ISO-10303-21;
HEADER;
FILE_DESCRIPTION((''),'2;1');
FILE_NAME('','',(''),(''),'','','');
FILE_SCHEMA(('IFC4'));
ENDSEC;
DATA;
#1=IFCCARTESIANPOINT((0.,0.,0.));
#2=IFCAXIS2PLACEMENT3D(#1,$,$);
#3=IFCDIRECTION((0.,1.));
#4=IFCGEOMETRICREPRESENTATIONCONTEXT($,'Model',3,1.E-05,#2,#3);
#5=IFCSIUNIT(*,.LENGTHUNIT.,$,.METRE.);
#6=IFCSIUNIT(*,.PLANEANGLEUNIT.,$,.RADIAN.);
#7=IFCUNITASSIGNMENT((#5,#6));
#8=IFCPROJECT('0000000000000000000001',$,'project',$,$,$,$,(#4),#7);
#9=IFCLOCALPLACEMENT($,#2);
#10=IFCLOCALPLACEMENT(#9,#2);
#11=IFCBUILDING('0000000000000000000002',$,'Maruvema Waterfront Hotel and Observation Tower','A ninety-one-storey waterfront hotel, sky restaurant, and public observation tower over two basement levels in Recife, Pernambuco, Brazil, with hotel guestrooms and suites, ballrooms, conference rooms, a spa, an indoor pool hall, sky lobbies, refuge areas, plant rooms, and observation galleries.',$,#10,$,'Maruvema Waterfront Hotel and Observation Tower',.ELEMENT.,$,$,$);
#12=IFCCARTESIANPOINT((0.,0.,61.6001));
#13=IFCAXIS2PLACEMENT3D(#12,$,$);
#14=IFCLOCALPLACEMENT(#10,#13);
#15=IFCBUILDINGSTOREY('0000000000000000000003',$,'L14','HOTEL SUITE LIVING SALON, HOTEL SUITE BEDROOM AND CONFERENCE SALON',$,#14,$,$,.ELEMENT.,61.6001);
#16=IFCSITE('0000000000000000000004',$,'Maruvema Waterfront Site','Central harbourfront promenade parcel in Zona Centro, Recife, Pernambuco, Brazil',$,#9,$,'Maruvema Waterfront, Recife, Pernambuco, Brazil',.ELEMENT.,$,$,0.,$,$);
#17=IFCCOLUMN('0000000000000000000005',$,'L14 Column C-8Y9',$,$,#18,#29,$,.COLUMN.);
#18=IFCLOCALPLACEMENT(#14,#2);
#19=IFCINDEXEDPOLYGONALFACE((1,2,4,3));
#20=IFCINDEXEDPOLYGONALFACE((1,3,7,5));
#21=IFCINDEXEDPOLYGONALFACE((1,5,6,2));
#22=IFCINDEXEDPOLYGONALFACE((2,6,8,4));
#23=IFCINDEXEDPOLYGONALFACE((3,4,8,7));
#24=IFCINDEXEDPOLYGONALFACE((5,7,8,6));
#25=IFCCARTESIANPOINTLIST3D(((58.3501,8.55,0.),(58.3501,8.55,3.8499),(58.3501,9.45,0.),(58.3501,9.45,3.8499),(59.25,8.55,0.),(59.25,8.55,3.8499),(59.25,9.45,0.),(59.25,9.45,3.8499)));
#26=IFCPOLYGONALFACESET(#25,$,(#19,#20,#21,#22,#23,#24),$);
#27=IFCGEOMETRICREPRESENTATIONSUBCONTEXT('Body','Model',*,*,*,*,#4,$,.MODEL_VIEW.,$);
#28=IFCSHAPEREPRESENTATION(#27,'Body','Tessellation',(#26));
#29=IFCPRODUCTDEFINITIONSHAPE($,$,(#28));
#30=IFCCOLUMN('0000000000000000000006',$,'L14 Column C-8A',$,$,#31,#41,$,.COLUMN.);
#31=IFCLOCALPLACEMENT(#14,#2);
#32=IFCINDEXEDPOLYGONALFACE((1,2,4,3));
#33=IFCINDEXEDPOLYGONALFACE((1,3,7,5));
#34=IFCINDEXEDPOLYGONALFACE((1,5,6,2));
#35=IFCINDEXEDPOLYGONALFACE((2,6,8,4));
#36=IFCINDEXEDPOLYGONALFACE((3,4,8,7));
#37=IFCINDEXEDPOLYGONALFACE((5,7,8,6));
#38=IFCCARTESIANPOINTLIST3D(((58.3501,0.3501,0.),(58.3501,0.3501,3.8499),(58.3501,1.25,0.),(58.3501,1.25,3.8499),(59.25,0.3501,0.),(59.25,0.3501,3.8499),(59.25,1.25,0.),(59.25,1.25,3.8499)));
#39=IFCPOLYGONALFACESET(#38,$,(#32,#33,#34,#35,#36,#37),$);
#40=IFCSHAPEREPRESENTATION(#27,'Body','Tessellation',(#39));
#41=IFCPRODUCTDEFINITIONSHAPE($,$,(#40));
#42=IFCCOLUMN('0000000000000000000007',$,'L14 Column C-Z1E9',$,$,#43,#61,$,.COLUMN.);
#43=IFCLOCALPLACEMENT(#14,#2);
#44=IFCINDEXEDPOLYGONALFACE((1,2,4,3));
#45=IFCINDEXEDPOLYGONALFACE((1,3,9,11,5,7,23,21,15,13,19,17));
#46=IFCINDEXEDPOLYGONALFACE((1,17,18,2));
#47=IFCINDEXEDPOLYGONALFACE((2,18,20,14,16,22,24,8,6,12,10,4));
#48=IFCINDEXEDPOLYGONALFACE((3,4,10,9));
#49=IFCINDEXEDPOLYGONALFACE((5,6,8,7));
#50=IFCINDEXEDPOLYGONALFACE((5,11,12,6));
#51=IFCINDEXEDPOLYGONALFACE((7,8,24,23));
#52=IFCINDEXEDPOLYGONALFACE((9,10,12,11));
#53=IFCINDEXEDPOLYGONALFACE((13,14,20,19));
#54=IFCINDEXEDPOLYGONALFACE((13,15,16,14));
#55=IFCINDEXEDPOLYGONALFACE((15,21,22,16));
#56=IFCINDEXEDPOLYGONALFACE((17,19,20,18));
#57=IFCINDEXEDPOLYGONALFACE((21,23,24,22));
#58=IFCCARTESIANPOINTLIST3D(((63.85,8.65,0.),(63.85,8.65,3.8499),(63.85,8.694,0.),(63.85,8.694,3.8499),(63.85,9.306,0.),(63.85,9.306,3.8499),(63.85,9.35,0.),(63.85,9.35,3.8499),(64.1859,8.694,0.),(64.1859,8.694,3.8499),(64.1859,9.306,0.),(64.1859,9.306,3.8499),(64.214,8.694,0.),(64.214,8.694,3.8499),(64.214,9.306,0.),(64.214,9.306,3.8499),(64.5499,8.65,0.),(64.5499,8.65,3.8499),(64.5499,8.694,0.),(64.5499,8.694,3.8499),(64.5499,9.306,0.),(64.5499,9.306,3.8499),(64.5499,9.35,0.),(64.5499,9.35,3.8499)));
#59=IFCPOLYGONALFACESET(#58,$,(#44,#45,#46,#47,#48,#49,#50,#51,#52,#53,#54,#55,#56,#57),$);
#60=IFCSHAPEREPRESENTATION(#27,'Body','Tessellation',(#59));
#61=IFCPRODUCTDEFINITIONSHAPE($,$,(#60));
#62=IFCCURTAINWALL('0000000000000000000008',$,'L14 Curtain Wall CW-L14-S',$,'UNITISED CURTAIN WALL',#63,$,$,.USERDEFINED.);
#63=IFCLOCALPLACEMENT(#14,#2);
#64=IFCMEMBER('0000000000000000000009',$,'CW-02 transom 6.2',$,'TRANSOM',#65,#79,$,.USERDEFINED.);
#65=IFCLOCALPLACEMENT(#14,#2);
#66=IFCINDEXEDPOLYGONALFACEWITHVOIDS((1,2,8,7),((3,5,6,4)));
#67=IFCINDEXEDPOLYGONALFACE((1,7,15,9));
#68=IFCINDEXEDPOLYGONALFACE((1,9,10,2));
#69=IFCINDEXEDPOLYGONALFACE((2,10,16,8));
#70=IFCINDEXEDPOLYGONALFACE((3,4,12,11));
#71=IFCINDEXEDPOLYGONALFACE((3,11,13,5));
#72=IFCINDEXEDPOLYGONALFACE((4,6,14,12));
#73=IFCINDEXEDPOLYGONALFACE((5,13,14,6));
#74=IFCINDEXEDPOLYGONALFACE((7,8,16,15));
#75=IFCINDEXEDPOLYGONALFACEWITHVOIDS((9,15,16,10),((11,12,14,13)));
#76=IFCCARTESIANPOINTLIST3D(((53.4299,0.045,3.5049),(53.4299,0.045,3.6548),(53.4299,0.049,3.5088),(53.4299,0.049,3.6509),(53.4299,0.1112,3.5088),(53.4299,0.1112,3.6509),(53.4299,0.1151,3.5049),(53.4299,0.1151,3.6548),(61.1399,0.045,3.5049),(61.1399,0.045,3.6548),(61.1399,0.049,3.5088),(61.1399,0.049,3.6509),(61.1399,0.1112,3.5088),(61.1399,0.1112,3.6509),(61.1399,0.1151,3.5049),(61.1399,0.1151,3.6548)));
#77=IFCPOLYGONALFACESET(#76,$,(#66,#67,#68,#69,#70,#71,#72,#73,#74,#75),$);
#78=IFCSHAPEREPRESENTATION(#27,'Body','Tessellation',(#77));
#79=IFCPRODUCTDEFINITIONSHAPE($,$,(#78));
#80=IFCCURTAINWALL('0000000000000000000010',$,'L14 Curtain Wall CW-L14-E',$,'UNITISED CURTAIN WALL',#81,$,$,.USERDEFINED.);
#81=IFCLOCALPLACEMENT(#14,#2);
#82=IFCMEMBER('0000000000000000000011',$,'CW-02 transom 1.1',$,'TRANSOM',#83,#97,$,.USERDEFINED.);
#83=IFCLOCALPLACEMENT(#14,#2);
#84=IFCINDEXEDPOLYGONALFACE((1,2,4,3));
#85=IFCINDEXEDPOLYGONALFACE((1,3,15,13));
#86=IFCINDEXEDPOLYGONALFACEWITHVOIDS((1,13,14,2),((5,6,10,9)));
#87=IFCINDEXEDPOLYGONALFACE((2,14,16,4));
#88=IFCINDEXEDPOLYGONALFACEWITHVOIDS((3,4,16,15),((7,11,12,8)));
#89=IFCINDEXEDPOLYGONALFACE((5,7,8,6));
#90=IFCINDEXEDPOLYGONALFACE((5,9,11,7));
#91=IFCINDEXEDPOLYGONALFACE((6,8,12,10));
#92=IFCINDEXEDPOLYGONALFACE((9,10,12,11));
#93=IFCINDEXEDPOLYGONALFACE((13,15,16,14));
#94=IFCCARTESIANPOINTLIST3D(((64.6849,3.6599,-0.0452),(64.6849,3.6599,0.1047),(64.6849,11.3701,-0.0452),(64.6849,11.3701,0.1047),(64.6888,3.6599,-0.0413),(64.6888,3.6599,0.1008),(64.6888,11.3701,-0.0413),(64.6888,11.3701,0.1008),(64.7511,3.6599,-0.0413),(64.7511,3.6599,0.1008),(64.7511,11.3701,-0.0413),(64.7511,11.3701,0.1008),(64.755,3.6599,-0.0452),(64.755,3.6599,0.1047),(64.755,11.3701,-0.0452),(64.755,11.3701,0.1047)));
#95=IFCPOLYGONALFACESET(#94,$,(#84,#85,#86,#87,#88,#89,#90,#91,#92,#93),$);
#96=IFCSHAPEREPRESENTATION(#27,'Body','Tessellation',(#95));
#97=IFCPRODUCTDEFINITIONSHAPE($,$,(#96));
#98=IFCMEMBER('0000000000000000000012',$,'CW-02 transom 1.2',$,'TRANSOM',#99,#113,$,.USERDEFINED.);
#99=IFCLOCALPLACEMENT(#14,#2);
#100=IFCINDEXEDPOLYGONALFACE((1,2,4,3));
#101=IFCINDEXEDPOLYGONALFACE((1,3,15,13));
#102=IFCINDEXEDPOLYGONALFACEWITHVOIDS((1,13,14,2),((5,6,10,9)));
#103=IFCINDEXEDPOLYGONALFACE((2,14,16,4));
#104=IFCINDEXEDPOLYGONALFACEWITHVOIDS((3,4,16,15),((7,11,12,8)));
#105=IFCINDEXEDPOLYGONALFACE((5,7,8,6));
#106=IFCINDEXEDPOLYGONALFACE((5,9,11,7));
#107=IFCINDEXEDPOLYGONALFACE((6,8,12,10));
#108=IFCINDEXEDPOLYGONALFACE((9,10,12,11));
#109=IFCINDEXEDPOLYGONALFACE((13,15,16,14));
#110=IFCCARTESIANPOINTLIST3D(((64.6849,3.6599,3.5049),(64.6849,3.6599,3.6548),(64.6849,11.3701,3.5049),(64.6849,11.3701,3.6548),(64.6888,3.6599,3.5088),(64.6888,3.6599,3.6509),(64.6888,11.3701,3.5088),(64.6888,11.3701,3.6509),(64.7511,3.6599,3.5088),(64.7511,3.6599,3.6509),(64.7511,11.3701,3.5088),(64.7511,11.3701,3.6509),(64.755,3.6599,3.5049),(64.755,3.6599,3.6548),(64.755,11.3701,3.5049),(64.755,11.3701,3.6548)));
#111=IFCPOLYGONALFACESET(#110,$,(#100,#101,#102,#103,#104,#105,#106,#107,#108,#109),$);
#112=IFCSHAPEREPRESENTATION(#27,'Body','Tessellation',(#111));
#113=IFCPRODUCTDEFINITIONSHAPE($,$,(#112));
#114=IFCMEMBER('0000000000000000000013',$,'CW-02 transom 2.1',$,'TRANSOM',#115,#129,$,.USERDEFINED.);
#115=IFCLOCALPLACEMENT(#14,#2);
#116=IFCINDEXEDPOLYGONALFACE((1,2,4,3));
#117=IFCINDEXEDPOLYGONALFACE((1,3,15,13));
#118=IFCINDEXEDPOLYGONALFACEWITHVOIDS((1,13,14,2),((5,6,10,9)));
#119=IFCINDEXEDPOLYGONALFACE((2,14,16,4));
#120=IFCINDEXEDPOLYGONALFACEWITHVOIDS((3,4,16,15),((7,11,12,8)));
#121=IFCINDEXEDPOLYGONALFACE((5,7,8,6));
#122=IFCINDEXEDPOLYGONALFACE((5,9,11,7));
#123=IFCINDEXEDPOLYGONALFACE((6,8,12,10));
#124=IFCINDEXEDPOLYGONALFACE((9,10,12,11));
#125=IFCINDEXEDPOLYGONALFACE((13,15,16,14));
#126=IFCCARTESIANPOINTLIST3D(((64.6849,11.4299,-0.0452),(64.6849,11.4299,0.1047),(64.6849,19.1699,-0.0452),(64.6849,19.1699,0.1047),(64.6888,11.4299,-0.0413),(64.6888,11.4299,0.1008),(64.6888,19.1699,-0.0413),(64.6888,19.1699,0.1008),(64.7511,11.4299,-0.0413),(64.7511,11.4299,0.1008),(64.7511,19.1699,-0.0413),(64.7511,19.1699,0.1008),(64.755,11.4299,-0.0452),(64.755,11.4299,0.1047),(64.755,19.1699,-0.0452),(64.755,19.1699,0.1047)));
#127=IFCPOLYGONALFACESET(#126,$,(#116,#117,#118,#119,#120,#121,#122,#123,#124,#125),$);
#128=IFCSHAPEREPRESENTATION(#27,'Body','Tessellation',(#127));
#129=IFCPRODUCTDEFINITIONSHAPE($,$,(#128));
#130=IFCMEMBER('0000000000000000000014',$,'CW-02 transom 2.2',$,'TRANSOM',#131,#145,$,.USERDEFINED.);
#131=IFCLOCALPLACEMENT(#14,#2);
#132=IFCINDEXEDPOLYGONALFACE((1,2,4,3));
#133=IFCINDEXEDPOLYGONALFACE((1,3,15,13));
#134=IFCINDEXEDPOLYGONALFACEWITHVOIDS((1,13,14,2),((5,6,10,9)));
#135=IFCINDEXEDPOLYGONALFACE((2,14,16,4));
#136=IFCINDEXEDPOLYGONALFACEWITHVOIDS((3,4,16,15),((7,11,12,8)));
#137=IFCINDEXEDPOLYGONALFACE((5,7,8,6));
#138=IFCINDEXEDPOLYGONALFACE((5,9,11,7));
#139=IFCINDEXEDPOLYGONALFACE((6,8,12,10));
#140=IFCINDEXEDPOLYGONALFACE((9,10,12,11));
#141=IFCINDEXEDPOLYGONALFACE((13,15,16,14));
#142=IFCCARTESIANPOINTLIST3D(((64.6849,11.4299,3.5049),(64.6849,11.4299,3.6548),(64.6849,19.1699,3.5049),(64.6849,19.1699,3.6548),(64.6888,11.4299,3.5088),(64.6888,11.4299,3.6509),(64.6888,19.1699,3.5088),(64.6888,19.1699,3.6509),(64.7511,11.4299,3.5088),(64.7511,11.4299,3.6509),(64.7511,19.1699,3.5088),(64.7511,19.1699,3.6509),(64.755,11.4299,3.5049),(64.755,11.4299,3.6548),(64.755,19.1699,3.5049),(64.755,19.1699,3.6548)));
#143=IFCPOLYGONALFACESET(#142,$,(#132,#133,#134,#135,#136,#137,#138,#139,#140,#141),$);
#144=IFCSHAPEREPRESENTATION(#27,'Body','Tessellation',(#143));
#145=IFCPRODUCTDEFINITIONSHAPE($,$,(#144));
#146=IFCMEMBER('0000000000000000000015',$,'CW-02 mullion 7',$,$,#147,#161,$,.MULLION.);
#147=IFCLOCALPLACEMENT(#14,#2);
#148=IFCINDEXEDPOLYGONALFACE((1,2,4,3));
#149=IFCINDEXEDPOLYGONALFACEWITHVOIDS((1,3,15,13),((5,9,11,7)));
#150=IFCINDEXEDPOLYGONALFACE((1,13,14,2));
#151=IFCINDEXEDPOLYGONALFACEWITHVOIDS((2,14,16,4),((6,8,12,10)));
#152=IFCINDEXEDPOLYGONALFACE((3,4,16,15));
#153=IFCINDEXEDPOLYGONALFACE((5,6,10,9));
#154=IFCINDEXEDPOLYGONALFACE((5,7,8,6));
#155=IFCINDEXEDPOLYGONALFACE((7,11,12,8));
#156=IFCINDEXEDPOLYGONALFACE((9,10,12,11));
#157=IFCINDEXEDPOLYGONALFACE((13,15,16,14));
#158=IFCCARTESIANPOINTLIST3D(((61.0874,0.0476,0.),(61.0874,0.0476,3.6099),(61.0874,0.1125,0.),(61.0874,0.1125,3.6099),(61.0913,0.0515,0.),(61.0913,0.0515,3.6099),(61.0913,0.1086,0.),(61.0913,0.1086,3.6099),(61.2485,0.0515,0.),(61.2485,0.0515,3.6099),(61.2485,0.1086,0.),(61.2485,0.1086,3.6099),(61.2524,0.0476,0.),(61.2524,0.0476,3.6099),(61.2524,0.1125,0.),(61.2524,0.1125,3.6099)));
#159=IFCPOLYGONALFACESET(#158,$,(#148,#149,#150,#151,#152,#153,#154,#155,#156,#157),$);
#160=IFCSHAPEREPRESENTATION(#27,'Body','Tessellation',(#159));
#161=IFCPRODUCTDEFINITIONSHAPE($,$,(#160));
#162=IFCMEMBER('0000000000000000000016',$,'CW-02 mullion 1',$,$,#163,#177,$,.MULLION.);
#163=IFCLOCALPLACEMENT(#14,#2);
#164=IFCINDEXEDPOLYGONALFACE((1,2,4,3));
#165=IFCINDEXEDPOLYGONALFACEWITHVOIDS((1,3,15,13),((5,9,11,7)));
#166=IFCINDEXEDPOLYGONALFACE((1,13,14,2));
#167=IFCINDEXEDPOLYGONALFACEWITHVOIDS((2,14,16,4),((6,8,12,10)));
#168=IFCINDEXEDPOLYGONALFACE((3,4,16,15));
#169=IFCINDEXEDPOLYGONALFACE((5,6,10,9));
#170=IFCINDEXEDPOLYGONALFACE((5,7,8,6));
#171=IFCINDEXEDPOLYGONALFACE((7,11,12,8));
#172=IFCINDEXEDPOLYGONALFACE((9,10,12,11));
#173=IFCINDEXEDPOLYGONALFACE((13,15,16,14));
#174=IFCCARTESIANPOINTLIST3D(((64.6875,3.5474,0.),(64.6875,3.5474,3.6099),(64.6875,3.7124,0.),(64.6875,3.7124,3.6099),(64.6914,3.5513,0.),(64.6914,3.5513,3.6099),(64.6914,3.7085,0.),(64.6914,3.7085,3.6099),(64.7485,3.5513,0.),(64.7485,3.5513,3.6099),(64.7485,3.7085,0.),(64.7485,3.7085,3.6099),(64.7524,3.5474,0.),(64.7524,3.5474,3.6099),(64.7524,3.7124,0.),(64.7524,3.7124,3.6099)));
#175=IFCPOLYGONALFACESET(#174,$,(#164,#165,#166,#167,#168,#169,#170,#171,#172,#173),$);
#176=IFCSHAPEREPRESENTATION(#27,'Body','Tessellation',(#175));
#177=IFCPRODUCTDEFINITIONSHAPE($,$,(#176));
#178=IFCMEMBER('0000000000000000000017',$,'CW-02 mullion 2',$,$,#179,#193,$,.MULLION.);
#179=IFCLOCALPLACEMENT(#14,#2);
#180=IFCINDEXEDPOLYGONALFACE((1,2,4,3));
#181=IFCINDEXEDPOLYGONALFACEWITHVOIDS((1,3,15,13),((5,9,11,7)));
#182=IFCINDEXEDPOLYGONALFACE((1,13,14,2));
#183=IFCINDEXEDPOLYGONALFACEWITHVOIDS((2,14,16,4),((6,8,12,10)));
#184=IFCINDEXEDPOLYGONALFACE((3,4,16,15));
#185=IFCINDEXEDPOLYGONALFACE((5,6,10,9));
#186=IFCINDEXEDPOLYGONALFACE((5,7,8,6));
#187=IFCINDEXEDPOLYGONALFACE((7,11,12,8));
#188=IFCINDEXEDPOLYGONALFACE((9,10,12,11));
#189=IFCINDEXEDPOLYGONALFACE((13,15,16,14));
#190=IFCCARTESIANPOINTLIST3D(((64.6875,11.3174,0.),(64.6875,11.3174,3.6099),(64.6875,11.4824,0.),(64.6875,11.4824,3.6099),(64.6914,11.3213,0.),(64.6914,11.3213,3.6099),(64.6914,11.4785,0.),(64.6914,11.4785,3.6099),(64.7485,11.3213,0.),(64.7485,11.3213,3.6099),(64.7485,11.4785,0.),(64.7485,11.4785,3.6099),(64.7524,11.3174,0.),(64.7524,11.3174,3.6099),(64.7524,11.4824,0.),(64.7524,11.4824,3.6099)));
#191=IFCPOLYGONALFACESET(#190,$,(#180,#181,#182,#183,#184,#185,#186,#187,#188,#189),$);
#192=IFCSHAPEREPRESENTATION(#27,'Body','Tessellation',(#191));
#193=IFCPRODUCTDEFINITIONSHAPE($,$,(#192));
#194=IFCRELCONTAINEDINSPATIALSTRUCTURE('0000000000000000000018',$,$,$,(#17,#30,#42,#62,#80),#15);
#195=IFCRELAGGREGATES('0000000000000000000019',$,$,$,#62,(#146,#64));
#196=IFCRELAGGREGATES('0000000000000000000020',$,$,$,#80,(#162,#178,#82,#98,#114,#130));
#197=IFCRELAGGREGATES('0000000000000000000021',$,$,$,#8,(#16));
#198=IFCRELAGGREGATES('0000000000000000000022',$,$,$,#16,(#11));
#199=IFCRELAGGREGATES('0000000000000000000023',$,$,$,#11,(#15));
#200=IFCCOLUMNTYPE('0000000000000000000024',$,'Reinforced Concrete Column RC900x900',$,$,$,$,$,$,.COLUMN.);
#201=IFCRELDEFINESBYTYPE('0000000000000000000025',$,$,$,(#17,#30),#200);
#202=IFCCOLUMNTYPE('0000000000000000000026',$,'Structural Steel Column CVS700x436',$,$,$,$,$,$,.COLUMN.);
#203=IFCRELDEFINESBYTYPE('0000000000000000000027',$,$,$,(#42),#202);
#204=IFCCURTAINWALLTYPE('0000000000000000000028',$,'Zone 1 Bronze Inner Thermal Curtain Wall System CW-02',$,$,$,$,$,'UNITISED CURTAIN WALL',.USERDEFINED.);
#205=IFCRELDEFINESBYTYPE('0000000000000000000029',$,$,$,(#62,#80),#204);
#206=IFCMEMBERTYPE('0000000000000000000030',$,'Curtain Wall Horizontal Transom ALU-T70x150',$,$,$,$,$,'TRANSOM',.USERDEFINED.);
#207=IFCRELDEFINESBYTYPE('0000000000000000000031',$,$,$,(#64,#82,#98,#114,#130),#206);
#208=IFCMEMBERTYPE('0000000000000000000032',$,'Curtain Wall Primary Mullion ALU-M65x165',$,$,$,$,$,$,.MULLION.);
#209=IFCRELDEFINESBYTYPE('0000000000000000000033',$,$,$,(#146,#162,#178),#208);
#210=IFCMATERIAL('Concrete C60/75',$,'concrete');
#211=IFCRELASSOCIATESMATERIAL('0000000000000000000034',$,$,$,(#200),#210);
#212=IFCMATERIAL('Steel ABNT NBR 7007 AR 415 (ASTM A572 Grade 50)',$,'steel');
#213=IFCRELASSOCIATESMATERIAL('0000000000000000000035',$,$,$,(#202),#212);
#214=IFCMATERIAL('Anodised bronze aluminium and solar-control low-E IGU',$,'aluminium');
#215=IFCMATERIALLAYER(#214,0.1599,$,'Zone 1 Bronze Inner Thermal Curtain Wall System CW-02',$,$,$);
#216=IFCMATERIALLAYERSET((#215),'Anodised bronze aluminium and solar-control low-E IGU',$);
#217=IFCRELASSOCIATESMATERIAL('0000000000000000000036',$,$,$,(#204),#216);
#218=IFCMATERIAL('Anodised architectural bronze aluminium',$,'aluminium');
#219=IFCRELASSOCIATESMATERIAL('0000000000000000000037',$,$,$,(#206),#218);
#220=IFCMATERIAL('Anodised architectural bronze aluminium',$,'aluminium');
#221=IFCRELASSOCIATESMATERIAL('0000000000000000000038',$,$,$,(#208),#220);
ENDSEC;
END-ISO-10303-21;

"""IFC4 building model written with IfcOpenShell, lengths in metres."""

from ifc_helpers import new_model, si_unit, direction, frame, origin, origin_2d, place, context, subcontext, project, spatial, rectangle, hollow_rectangle, i_section, extrude, material, layer, layer_set, material_profile, profile_set, type_object, element, aggregate, save


model = new_model("IFC4")

# Units and contexts
model_context = context("Model", 3, precision=1e-05, world=origin(), true_north=direction((0.0, 1.0)))
body_context = subcontext(model_context, "Body", "Model", "MODEL_VIEW")
ifc_project = project(units=[si_unit("LENGTHUNIT", "METRE"), si_unit("PLANEANGLEUNIT", "RADIAN")], contexts=[model_context])

# Site, building, storey
site_placement = place(None, origin())
site = spatial("IfcSite", under=ifc_project, at=site_placement, Name="Maruvema Waterfront Site", Description="Central harbourfront promenade parcel in Zona Centro, Recife, Pernambuco, Brazil", LongName="Maruvema Waterfront, Recife, Pernambuco, Brazil", CompositionType="ELEMENT", RefElevation=0.0)
building_placement = place(site_placement, origin())
building = spatial("IfcBuilding", under=site, at=building_placement, Name="Maruvema Waterfront Hotel and Observation Tower", Description="A ninety-one-storey waterfront hotel, sky restaurant, and public observation tower over two basement levels in Recife, Pernambuco, Brazil, with hotel guestrooms and suites, ballrooms, conference rooms, a spa, an indoor pool hall, sky lobbies, refuge areas, plant rooms, and observation galleries.", LongName="Maruvema Waterfront Hotel and Observation Tower", CompositionType="ELEMENT")
storey_placement = place(building_placement, frame((0.0, 0.0, 61.6001)))
storey = spatial("IfcBuildingStorey", under=building, at=storey_placement, Name="L14", Description="HOTEL SUITE LIVING SALON, HOTEL SUITE BEDROOM AND CONFERENCE SALON", CompositionType="ELEMENT", Elevation=61.6001)

# Columns
ifc_material_1 = material(Name="Concrete C60/75", Category="concrete")
ifc_material_profile_1 = material_profile(ifc_material_1, rectangle(XDim=0.8999, YDim=0.8999, at=origin_2d()), Name="RC900x900")
ifc_profile_set_1 = profile_set([ifc_material_profile_1], Name="Concrete C60/75")
column_type_1 = type_object("IfcColumnType", Name="Reinforced Concrete Column RC900x900", PredefinedType="COLUMN", material=ifc_profile_set_1)
for number, where, z_axis, x_axis, name in (
    (1, (58.8, 9.0, 0.0), (0.0, 0.0, 1.0), (1.0, 0.0, 0.0), "L14 Column C-8Y9"),
    (2, (58.8, 0.8, 0.0), (0.0, 0.0, 1.0), (1.0, 0.0, 0.0), "L14 Column C-8A"),
):
    element("IfcColumn", number, at=place(storey_placement, frame(where, z_axis=z_axis, x_axis=x_axis)), inside=storey, type_object=column_type_1, Name=name, PredefinedType="COLUMN", context=body_context, shape_type="SweptSolid", body=[
        extrude(rectangle(XDim=0.8999, YDim=0.8999, at=origin_2d()), origin(), (0.0, 0.0, 1.0), 3.8499),
    ])
ifc_material_2 = material(Name="Steel ABNT NBR 7007 AR 415 (ASTM A572 Grade 50)", Category="steel")
ifc_material_profile_2 = material_profile(ifc_material_2, i_section(OverallWidth=0.7, OverallDepth=0.7, WebThickness=0.0281, FlangeThickness=0.0439, at=origin_2d()), Name="CVS700x436")
ifc_profile_set_2 = profile_set([ifc_material_profile_2], Name="Steel ABNT NBR 7007 AR 415 (ASTM A572 Grade 50)")
column_type_2 = type_object("IfcColumnType", Name="Structural Steel Column CVS700x436", PredefinedType="COLUMN", material=ifc_profile_set_2)
column_placement = place(storey_placement, frame((64.2, 9.0, 0.0), z_axis=(0.0, 0.0, 1.0), x_axis=(1.0, 0.0, 0.0)))
element("IfcColumn", 3, at=column_placement, inside=storey, type_object=column_type_2, Name="L14 Column C-Z1E9", PredefinedType="COLUMN", context=body_context, shape_type="SweptSolid", body=[
    extrude(i_section(OverallWidth=0.7, OverallDepth=0.7, WebThickness=0.0281, FlangeThickness=0.0439, at=origin_2d()), origin(), (0.0, 0.0, 1.0), 3.8499),
])

# Curtain wall, member
ifc_material_3 = material(Name="Anodised bronze aluminium and solar-control low-E IGU", Category="aluminium")
ifc_layer_1 = layer(ifc_material_3, 0.1599, Name="Zone 1 Bronze Inner Thermal Curtain Wall System CW-02")
ifc_layer_set_1 = layer_set([ifc_layer_1], Name="Anodised bronze aluminium and solar-control low-E IGU")
curtain_wall_type = type_object("IfcCurtainWallType", Name="Zone 1 Bronze Inner Thermal Curtain Wall System CW-02", ElementType="UNITISED CURTAIN WALL", PredefinedType="USERDEFINED", material=ifc_layer_set_1)
curtain_wall_1_placement = place(storey_placement, origin())
curtain_wall_1 = element("IfcCurtainWall", 4, at=curtain_wall_1_placement, inside=storey, type_object=curtain_wall_type, Name="L14 Curtain Wall CW-L14-S", ObjectType="UNITISED CURTAIN WALL", PredefinedType="USERDEFINED")
ifc_material_4 = material(Name="Anodised architectural bronze aluminium", Category="aluminium")
ifc_material_profile_3 = material_profile(ifc_material_4, hollow_rectangle(XDim=0.0701, YDim=0.1499, WallThickness=0.0039, at=origin_2d()), Name="ALU-T70x150")
ifc_profile_set_3 = profile_set([ifc_material_profile_3], Name="Anodised architectural bronze aluminium")
member_type_1 = type_object("IfcMemberType", Name="Curtain Wall Horizontal Transom ALU-T70x150", ElementType="TRANSOM", PredefinedType="USERDEFINED", material=ifc_profile_set_3)
member_1_placement = place(storey_placement, frame((53.4299, 0.0801, 3.5798), z_axis=(1.0, 0.0, 0.0), x_axis=(0.0, 1.0, 0.0)))
member_1 = element("IfcMember", 5, at=member_1_placement, type_object=member_type_1, Name="CW-02 transom 6.2", ObjectType="TRANSOM", PredefinedType="USERDEFINED", context=body_context, shape_type="SweptSolid", body=[
    extrude(hollow_rectangle(XDim=0.0701, YDim=0.1499, WallThickness=0.0039, at=origin_2d()), origin(), (0.0, 0.0, 1.0), 7.71),
])

# Curtain wall, members
curtain_wall_2_placement = place(storey_placement, origin())
curtain_wall_2 = element("IfcCurtainWall", 6, at=curtain_wall_2_placement, inside=storey, type_object=curtain_wall_type, Name="L14 Curtain Wall CW-L14-E", ObjectType="UNITISED CURTAIN WALL", PredefinedType="USERDEFINED")
member_2_placement = place(storey_placement, frame((64.72, 3.6599, 0.0298), z_axis=(0.0, 1.0, 0.0), x_axis=(-1.0, 0.0, 0.0)))
member_2 = element("IfcMember", 7, at=member_2_placement, type_object=member_type_1, Name="CW-02 transom 1.1", ObjectType="TRANSOM", PredefinedType="USERDEFINED", context=body_context, shape_type="SweptSolid", body=[
    extrude(hollow_rectangle(XDim=0.0701, YDim=0.1499, WallThickness=0.0039, at=origin_2d()), origin(), (0.0, 0.0, 1.0), 7.7102),
])
member_3_placement = place(storey_placement, frame((64.72, 3.6599, 3.5798), z_axis=(0.0, 1.0, 0.0), x_axis=(-1.0, 0.0, 0.0)))
member_3 = element("IfcMember", 8, at=member_3_placement, type_object=member_type_1, Name="CW-02 transom 1.2", ObjectType="TRANSOM", PredefinedType="USERDEFINED", context=body_context, shape_type="SweptSolid", body=[
    extrude(hollow_rectangle(XDim=0.0701, YDim=0.1499, WallThickness=0.0039, at=origin_2d()), origin(), (0.0, 0.0, 1.0), 7.7102),
])
member_4_placement = place(storey_placement, frame((64.72, 11.4299, 0.0298), z_axis=(0.0, 1.0, 0.0), x_axis=(-1.0, 0.0, 0.0)))
member_4 = element("IfcMember", 9, at=member_4_placement, type_object=member_type_1, Name="CW-02 transom 2.1", ObjectType="TRANSOM", PredefinedType="USERDEFINED", context=body_context, shape_type="SweptSolid", body=[
    extrude(hollow_rectangle(XDim=0.0701, YDim=0.1499, WallThickness=0.0039, at=origin_2d()), origin(), (0.0, 0.0, 1.0), 7.74),
])
member_5_placement = place(storey_placement, frame((64.72, 11.4299, 3.5798), z_axis=(0.0, 1.0, 0.0), x_axis=(-1.0, 0.0, 0.0)))
member_5 = element("IfcMember", 10, at=member_5_placement, type_object=member_type_1, Name="CW-02 transom 2.2", ObjectType="TRANSOM", PredefinedType="USERDEFINED", context=body_context, shape_type="SweptSolid", body=[
    extrude(hollow_rectangle(XDim=0.0701, YDim=0.1499, WallThickness=0.0039, at=origin_2d()), origin(), (0.0, 0.0, 1.0), 7.74),
])

# Members
ifc_material_5 = material(Name="Anodised architectural bronze aluminium", Category="aluminium")
ifc_material_profile_4 = material_profile(ifc_material_5, hollow_rectangle(XDim=0.0649, YDim=0.165, WallThickness=0.0039, at=origin_2d()), Name="ALU-M65x165")
ifc_profile_set_4 = profile_set([ifc_material_profile_4], Name="Anodised architectural bronze aluminium")
member_type_2 = type_object("IfcMemberType", Name="Curtain Wall Primary Mullion ALU-M65x165", PredefinedType="MULLION", material=ifc_profile_set_4)
member_6_placement = place(storey_placement, frame((61.1699, 0.0801, 0.0), z_axis=(0.0, 0.0, 1.0), x_axis=(0.0, 1.0, 0.0)))
member_6 = element("IfcMember", 11, at=member_6_placement, type_object=member_type_2, Name="CW-02 mullion 7", PredefinedType="MULLION", context=body_context, shape_type="SweptSolid", body=[
    extrude(hollow_rectangle(XDim=0.0649, YDim=0.165, WallThickness=0.0039, at=origin_2d()), origin(), (0.0, 0.0, 1.0), 3.6099),
])
member_7_placement = place(storey_placement, frame((64.72, 3.6299, 0.0), z_axis=(0.0, 0.0, 1.0), x_axis=(-1.0, 0.0, 0.0)))
member_7 = element("IfcMember", 12, at=member_7_placement, type_object=member_type_2, Name="CW-02 mullion 1", PredefinedType="MULLION", context=body_context, shape_type="SweptSolid", body=[
    extrude(hollow_rectangle(XDim=0.0649, YDim=0.165, WallThickness=0.0039, at=origin_2d()), origin(), (0.0, 0.0, 1.0), 3.6099),
])
member_8_placement = place(storey_placement, frame((64.72, 11.3999, 0.0), z_axis=(0.0, 0.0, 1.0), x_axis=(-1.0, 0.0, 0.0)))
member_8 = element("IfcMember", 13, at=member_8_placement, type_object=member_type_2, Name="CW-02 mullion 2", PredefinedType="MULLION", context=body_context, shape_type="SweptSolid", body=[
    extrude(hollow_rectangle(XDim=0.0649, YDim=0.165, WallThickness=0.0039, at=origin_2d()), origin(), (0.0, 0.0, 1.0), 3.6099),
])

aggregate(curtain_wall_1, [member_6, member_1])
aggregate(curtain_wall_2, [member_7, member_8, member_2, member_3, member_4, member_5])

save(model, "model.ifc")
